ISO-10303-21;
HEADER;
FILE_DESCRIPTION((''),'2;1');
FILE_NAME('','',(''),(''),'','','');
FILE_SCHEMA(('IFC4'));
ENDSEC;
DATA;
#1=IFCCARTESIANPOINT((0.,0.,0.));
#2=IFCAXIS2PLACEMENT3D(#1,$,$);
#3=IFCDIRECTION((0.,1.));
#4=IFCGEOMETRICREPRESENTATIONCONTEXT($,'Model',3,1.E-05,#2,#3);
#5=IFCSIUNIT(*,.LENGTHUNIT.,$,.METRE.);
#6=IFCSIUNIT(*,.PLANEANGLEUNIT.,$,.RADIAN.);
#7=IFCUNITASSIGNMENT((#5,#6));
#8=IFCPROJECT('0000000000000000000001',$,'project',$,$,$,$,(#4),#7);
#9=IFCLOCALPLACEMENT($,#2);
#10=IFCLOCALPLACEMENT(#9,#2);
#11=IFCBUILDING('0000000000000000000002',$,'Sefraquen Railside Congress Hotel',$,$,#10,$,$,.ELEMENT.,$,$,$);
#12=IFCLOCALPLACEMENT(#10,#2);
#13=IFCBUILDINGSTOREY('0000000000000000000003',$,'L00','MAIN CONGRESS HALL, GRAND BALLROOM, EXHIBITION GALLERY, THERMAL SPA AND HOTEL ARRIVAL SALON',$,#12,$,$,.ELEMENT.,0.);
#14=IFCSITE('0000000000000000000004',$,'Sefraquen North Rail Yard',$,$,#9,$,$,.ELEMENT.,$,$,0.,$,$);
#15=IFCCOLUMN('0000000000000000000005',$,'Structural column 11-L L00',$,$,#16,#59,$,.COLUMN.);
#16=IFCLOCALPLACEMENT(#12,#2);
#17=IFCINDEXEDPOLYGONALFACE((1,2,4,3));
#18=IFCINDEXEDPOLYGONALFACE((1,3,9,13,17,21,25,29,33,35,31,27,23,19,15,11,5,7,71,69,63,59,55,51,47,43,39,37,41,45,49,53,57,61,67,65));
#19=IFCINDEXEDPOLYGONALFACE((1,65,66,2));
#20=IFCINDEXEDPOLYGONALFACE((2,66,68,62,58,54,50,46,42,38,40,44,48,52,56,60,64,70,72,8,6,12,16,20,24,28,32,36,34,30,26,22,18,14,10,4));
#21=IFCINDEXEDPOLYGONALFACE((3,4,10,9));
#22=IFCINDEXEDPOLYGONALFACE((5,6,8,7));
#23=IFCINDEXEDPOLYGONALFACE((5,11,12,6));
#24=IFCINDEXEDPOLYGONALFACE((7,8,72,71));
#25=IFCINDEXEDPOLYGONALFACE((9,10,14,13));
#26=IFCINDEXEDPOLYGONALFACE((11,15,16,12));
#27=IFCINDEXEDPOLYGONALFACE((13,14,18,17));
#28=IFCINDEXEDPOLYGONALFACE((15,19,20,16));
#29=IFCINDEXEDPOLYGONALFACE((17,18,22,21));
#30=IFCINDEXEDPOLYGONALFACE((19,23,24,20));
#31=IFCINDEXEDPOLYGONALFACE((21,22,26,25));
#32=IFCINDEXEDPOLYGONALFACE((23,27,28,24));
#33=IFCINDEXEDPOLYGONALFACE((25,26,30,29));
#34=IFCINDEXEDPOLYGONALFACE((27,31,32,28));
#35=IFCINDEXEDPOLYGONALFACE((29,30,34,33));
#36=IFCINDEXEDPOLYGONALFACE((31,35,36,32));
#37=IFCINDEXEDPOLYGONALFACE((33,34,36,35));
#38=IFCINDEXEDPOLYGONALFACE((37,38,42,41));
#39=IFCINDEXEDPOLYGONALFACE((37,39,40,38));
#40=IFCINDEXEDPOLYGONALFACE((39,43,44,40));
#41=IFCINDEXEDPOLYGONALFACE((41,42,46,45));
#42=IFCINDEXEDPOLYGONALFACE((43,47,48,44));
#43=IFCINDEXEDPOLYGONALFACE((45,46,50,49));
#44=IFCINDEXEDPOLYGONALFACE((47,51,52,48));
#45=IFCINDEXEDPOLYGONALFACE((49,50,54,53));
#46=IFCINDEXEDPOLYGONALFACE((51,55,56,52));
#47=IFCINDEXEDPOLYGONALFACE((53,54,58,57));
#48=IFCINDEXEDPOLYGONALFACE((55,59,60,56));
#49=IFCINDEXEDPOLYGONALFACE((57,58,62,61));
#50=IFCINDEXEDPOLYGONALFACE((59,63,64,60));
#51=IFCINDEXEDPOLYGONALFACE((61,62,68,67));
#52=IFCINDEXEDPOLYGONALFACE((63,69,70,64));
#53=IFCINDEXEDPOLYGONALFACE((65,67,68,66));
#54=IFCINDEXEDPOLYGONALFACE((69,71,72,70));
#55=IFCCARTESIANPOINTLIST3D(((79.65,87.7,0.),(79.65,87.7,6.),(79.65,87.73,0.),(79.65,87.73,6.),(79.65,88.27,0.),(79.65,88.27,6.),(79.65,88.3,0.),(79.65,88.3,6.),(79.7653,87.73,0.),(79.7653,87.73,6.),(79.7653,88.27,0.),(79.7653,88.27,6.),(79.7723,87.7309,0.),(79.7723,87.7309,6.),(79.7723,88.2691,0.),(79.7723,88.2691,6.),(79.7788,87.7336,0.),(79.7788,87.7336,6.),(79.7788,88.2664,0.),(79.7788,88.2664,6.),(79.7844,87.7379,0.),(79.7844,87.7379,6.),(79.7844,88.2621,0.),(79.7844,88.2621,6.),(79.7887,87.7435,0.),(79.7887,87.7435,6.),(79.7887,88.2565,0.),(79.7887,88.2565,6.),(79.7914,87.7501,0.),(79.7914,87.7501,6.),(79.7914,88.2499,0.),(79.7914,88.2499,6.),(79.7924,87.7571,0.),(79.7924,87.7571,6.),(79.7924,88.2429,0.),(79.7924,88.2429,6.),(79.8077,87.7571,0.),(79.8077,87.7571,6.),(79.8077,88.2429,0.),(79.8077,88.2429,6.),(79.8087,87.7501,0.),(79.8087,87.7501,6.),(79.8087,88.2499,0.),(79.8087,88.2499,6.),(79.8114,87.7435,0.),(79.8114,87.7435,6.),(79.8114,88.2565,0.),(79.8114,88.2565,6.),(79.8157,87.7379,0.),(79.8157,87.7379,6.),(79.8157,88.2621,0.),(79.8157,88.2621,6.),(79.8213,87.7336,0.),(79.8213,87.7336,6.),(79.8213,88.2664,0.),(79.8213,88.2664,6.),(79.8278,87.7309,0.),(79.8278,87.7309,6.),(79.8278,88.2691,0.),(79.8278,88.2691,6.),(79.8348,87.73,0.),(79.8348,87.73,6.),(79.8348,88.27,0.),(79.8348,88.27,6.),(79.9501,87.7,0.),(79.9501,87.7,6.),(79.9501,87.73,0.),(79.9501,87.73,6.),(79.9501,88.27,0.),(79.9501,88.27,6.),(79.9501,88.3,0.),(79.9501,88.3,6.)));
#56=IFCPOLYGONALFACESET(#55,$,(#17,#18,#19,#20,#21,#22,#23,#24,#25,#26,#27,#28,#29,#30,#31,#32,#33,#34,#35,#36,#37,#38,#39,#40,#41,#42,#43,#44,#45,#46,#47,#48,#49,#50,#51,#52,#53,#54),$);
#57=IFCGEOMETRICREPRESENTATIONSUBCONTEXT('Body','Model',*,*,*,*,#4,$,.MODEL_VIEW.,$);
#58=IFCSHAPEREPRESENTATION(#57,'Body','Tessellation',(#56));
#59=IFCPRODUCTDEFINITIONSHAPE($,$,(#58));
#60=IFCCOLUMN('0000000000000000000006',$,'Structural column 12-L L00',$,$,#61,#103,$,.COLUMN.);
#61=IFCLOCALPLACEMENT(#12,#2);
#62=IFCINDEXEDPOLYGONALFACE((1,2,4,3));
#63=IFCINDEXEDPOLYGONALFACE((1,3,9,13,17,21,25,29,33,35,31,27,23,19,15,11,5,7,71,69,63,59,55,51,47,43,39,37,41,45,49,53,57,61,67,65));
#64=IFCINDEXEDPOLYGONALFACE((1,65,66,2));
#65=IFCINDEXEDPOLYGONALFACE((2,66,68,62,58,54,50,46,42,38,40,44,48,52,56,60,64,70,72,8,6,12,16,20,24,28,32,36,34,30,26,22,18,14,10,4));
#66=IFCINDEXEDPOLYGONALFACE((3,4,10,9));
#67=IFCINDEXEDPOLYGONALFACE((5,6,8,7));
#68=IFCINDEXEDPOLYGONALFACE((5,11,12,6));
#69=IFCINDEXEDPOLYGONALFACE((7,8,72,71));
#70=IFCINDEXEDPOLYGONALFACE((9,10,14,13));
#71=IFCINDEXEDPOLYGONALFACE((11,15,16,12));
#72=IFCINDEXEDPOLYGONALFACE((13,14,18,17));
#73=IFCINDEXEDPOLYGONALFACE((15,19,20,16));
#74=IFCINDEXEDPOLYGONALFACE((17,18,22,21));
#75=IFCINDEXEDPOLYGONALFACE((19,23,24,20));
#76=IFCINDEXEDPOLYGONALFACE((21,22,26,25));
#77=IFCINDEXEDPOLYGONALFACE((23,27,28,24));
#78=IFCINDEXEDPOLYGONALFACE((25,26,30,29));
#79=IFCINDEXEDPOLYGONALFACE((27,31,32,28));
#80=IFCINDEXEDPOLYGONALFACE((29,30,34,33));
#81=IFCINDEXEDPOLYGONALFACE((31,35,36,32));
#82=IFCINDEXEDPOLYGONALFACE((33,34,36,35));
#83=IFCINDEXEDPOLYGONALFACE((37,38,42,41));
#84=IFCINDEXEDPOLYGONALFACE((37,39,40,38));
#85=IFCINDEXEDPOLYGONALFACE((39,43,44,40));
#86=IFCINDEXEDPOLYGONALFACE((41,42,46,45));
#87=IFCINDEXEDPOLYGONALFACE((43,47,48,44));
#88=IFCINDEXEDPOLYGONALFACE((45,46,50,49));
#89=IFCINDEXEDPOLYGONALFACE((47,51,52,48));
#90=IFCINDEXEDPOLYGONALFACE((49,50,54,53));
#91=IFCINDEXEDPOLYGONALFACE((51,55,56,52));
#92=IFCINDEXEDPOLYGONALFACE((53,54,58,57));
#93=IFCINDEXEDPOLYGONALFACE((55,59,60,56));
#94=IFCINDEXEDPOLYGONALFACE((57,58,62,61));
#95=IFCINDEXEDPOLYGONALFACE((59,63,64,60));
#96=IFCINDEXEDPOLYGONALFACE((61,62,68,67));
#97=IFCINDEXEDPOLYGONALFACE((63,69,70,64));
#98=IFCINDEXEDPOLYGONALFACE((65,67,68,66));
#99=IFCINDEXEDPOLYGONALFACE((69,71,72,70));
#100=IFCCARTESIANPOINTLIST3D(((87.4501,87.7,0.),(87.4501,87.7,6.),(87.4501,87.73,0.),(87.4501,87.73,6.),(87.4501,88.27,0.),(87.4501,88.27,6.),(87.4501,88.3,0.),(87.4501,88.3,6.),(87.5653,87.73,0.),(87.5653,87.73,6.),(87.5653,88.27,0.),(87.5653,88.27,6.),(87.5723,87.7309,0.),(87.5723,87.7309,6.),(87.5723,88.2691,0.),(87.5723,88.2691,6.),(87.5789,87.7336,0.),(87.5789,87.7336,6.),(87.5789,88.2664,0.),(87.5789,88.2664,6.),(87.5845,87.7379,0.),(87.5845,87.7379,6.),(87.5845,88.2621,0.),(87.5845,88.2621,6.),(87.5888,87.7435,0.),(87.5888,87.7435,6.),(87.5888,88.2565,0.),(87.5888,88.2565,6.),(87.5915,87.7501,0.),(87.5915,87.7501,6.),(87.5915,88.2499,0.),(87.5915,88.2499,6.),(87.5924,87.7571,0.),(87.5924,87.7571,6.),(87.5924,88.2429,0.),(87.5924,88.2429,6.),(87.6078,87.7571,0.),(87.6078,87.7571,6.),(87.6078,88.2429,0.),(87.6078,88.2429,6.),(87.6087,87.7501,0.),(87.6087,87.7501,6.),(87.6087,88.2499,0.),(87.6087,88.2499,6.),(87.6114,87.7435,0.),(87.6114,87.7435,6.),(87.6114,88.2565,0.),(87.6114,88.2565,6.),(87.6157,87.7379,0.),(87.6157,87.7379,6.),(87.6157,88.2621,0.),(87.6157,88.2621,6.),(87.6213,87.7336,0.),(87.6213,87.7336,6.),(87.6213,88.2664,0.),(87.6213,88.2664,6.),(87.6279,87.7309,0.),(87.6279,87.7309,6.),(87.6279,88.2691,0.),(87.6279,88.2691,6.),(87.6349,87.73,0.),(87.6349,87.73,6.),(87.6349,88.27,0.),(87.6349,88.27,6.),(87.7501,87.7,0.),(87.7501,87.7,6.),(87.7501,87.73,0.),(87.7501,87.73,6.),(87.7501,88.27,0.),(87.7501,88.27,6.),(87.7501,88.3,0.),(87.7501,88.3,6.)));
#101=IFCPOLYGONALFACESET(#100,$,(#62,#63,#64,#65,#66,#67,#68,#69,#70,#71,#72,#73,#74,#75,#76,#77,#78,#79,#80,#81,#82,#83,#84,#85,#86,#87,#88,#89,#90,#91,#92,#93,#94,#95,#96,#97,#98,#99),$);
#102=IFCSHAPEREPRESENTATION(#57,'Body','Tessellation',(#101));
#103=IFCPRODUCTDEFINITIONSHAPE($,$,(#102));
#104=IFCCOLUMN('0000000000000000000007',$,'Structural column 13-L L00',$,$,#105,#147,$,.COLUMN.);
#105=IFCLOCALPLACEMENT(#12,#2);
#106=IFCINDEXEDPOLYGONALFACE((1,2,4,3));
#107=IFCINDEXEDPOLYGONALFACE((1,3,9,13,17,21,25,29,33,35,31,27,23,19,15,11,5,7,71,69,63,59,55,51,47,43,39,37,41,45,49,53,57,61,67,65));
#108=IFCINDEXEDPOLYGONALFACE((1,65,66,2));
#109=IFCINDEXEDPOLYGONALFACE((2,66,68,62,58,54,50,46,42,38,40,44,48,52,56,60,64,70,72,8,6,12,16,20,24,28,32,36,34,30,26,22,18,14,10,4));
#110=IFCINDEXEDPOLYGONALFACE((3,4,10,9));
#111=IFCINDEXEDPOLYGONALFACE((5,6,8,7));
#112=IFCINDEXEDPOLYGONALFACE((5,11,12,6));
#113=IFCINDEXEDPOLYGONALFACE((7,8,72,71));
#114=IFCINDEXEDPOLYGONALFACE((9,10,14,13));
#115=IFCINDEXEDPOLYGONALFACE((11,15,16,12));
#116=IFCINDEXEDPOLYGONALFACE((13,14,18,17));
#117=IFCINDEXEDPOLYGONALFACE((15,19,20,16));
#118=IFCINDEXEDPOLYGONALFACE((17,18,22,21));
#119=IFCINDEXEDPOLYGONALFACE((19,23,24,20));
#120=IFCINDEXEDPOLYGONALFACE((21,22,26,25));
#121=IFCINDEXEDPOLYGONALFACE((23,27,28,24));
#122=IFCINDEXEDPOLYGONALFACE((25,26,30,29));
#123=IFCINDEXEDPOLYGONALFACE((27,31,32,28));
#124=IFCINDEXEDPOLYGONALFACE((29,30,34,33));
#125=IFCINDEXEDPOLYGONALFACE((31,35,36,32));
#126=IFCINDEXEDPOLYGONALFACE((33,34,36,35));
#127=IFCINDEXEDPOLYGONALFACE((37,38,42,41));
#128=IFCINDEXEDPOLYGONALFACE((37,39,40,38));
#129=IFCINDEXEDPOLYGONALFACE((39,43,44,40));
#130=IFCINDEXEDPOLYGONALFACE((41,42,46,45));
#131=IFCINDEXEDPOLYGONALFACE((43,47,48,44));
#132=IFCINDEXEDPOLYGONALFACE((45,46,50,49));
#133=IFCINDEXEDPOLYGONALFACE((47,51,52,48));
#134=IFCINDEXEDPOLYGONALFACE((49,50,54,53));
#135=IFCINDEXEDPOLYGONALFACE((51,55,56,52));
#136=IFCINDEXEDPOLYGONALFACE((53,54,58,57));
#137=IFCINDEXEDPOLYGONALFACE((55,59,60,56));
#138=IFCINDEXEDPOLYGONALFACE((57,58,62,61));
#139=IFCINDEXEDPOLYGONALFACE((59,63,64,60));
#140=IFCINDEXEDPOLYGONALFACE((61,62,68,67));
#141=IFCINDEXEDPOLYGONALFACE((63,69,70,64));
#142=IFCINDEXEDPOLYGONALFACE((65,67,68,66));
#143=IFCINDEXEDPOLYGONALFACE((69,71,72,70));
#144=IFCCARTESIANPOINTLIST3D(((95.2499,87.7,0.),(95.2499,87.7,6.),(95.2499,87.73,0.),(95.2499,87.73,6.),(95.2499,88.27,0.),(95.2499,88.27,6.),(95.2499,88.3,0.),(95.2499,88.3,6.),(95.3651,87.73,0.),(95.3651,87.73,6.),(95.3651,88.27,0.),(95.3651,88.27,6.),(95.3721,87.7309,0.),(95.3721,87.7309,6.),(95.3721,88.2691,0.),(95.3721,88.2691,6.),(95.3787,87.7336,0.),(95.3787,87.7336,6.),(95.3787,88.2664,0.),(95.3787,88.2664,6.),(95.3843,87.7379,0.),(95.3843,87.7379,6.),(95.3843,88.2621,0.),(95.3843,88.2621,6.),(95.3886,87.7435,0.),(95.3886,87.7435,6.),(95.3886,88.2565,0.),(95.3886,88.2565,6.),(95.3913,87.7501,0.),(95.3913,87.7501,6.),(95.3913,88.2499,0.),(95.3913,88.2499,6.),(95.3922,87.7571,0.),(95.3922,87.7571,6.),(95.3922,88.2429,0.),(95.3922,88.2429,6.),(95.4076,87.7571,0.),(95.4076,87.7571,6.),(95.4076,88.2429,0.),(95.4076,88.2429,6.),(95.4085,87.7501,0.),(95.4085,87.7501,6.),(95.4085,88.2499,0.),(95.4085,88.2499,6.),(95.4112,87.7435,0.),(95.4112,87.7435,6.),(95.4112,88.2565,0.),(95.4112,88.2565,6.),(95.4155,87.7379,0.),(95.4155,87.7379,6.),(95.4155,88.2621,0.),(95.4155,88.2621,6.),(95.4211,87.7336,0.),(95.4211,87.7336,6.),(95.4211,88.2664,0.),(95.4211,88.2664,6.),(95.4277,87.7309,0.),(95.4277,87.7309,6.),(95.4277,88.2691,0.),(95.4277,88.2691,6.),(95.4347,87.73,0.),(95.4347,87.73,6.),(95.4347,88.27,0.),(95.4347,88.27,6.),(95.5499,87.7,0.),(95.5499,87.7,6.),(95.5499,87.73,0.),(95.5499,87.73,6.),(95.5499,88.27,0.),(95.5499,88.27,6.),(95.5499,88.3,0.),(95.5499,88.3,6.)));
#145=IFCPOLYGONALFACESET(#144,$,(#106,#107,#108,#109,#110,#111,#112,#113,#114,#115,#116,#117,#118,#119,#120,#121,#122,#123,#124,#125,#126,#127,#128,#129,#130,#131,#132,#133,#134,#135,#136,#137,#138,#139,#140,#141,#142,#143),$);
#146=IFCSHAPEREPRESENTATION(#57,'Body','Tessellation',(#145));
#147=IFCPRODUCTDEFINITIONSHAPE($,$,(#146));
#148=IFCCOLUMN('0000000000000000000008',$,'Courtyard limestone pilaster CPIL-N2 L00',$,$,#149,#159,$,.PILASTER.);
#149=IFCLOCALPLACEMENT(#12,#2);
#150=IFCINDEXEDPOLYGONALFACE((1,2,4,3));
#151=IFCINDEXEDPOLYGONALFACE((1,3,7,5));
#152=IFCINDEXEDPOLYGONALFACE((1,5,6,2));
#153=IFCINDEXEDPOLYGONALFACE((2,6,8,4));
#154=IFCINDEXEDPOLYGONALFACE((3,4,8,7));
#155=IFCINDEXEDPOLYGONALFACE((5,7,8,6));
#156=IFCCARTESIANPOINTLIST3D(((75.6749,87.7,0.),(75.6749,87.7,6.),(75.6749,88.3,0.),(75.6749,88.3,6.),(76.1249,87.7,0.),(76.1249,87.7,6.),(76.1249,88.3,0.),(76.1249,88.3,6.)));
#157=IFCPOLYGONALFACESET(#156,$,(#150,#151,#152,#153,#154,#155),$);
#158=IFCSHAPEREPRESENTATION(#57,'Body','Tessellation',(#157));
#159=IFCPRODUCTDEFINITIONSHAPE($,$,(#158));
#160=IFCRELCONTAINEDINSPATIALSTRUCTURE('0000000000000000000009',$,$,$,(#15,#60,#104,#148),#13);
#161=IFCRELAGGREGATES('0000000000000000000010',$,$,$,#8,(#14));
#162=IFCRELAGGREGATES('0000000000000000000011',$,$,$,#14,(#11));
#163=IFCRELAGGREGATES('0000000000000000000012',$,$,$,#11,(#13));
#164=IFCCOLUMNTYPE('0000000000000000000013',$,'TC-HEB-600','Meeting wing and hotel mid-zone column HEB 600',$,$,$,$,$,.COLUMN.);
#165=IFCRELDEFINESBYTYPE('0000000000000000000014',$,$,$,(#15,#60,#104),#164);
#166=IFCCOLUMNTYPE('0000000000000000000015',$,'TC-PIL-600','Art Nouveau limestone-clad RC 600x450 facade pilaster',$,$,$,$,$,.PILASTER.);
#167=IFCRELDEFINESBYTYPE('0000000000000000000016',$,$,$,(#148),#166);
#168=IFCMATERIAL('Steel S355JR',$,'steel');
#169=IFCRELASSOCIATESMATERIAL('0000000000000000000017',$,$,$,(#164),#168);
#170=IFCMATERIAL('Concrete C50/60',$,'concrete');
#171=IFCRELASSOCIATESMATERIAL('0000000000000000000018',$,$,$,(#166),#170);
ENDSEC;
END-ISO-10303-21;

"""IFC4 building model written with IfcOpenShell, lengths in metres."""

from ifc_helpers import new_model, si_unit, direction, frame, origin, origin_2d, place, context, subcontext, project, spatial, rectangle, i_section, extrude, material, material_profile, profile_set, type_object, element, save


model = new_model("IFC4")

# Units and contexts
model_context = context("Model", 3, precision=1e-05, world=origin(), true_north=direction((0.0, 1.0)))
body_context = subcontext(model_context, "Body", "Model", "MODEL_VIEW")
ifc_project = project(units=[si_unit("LENGTHUNIT", "METRE"), si_unit("PLANEANGLEUNIT", "RADIAN")], contexts=[model_context])

# Site, building, storey
site_placement = place(None, origin())
site = spatial("IfcSite", under=ifc_project, at=site_placement, Name="Sefraquen North Rail Yard", CompositionType="ELEMENT", RefElevation=0.0)
building_placement = place(site_placement, origin())
building = spatial("IfcBuilding", under=site, at=building_placement, Name="Sefraquen Railside Congress Hotel", CompositionType="ELEMENT")
storey_placement = place(building_placement, origin())
storey = spatial("IfcBuildingStorey", under=building, at=storey_placement, Name="L00", Description="MAIN CONGRESS HALL, GRAND BALLROOM, EXHIBITION GALLERY, THERMAL SPA AND HOTEL ARRIVAL SALON", CompositionType="ELEMENT", Elevation=0.0)

# Columns
ifc_material_1 = material(Name="Steel S355JR", Category="steel")
ifc_material_profile_1 = material_profile(ifc_material_1, i_section(OverallWidth=0.3, OverallDepth=0.6001, WebThickness=0.0154, FlangeThickness=0.03, FilletRadius=0.0271, at=origin_2d()), Name="HEB 600")
ifc_profile_set_1 = profile_set([ifc_material_profile_1], Name="Steel S355JR")
column_type_1 = type_object("IfcColumnType", Name="TC-HEB-600", Description="Meeting wing and hotel mid-zone column HEB 600", PredefinedType="COLUMN", material=ifc_profile_set_1)
for number, where, z_axis, x_axis, name in (
    (1, (79.8, 88.0, 0.0), (0.0, 0.0, 1.0), (1.0, 0.0, 0.0), "Structural column 11-L L00"),
    (2, (87.6001, 88.0, 0.0), (0.0, 0.0, 1.0), (1.0, 0.0, 0.0), "Structural column 12-L L00"),
    (3, (95.3999, 88.0, 0.0), (0.0, 0.0, 1.0), (1.0, 0.0, 0.0), "Structural column 13-L L00"),
):
    element("IfcColumn", number, at=place(storey_placement, frame(where, z_axis=z_axis, x_axis=x_axis)), inside=storey, type_object=column_type_1, Name=name, PredefinedType="COLUMN", context=body_context, shape_type="SweptSolid", body=[
        extrude(i_section(OverallWidth=0.3, OverallDepth=0.6001, WebThickness=0.0154, FlangeThickness=0.03, FilletRadius=0.0271, at=origin_2d()), origin(), (0.0, 0.0, 1.0), 6.0),
    ])
ifc_material_2 = material(Name="Concrete C50/60", Category="concrete")
ifc_material_profile_2 = material_profile(ifc_material_2, rectangle(XDim=0.45, YDim=0.6001, at=origin_2d()), Name="RC 600x450")
ifc_profile_set_2 = profile_set([ifc_material_profile_2], Name="Concrete C50/60")
column_type_2 = type_object("IfcColumnType", Name="TC-PIL-600", Description="Art Nouveau limestone-clad RC 600x450 facade pilaster", PredefinedType="PILASTER", material=ifc_profile_set_2)
column_placement = place(storey_placement, frame((75.8999, 88.0, 0.0), z_axis=(0.0, 0.0, 1.0), x_axis=(1.0, 0.0, 0.0)))
element("IfcColumn", 4, at=column_placement, inside=storey, type_object=column_type_2, Name="Courtyard limestone pilaster CPIL-N2 L00", PredefinedType="PILASTER", context=body_context, shape_type="SweptSolid", body=[
    extrude(rectangle(XDim=0.45, YDim=0.6001, at=origin_2d()), origin(), (0.0, 0.0, 1.0), 6.0),
])

save(model, "model.ifc")
